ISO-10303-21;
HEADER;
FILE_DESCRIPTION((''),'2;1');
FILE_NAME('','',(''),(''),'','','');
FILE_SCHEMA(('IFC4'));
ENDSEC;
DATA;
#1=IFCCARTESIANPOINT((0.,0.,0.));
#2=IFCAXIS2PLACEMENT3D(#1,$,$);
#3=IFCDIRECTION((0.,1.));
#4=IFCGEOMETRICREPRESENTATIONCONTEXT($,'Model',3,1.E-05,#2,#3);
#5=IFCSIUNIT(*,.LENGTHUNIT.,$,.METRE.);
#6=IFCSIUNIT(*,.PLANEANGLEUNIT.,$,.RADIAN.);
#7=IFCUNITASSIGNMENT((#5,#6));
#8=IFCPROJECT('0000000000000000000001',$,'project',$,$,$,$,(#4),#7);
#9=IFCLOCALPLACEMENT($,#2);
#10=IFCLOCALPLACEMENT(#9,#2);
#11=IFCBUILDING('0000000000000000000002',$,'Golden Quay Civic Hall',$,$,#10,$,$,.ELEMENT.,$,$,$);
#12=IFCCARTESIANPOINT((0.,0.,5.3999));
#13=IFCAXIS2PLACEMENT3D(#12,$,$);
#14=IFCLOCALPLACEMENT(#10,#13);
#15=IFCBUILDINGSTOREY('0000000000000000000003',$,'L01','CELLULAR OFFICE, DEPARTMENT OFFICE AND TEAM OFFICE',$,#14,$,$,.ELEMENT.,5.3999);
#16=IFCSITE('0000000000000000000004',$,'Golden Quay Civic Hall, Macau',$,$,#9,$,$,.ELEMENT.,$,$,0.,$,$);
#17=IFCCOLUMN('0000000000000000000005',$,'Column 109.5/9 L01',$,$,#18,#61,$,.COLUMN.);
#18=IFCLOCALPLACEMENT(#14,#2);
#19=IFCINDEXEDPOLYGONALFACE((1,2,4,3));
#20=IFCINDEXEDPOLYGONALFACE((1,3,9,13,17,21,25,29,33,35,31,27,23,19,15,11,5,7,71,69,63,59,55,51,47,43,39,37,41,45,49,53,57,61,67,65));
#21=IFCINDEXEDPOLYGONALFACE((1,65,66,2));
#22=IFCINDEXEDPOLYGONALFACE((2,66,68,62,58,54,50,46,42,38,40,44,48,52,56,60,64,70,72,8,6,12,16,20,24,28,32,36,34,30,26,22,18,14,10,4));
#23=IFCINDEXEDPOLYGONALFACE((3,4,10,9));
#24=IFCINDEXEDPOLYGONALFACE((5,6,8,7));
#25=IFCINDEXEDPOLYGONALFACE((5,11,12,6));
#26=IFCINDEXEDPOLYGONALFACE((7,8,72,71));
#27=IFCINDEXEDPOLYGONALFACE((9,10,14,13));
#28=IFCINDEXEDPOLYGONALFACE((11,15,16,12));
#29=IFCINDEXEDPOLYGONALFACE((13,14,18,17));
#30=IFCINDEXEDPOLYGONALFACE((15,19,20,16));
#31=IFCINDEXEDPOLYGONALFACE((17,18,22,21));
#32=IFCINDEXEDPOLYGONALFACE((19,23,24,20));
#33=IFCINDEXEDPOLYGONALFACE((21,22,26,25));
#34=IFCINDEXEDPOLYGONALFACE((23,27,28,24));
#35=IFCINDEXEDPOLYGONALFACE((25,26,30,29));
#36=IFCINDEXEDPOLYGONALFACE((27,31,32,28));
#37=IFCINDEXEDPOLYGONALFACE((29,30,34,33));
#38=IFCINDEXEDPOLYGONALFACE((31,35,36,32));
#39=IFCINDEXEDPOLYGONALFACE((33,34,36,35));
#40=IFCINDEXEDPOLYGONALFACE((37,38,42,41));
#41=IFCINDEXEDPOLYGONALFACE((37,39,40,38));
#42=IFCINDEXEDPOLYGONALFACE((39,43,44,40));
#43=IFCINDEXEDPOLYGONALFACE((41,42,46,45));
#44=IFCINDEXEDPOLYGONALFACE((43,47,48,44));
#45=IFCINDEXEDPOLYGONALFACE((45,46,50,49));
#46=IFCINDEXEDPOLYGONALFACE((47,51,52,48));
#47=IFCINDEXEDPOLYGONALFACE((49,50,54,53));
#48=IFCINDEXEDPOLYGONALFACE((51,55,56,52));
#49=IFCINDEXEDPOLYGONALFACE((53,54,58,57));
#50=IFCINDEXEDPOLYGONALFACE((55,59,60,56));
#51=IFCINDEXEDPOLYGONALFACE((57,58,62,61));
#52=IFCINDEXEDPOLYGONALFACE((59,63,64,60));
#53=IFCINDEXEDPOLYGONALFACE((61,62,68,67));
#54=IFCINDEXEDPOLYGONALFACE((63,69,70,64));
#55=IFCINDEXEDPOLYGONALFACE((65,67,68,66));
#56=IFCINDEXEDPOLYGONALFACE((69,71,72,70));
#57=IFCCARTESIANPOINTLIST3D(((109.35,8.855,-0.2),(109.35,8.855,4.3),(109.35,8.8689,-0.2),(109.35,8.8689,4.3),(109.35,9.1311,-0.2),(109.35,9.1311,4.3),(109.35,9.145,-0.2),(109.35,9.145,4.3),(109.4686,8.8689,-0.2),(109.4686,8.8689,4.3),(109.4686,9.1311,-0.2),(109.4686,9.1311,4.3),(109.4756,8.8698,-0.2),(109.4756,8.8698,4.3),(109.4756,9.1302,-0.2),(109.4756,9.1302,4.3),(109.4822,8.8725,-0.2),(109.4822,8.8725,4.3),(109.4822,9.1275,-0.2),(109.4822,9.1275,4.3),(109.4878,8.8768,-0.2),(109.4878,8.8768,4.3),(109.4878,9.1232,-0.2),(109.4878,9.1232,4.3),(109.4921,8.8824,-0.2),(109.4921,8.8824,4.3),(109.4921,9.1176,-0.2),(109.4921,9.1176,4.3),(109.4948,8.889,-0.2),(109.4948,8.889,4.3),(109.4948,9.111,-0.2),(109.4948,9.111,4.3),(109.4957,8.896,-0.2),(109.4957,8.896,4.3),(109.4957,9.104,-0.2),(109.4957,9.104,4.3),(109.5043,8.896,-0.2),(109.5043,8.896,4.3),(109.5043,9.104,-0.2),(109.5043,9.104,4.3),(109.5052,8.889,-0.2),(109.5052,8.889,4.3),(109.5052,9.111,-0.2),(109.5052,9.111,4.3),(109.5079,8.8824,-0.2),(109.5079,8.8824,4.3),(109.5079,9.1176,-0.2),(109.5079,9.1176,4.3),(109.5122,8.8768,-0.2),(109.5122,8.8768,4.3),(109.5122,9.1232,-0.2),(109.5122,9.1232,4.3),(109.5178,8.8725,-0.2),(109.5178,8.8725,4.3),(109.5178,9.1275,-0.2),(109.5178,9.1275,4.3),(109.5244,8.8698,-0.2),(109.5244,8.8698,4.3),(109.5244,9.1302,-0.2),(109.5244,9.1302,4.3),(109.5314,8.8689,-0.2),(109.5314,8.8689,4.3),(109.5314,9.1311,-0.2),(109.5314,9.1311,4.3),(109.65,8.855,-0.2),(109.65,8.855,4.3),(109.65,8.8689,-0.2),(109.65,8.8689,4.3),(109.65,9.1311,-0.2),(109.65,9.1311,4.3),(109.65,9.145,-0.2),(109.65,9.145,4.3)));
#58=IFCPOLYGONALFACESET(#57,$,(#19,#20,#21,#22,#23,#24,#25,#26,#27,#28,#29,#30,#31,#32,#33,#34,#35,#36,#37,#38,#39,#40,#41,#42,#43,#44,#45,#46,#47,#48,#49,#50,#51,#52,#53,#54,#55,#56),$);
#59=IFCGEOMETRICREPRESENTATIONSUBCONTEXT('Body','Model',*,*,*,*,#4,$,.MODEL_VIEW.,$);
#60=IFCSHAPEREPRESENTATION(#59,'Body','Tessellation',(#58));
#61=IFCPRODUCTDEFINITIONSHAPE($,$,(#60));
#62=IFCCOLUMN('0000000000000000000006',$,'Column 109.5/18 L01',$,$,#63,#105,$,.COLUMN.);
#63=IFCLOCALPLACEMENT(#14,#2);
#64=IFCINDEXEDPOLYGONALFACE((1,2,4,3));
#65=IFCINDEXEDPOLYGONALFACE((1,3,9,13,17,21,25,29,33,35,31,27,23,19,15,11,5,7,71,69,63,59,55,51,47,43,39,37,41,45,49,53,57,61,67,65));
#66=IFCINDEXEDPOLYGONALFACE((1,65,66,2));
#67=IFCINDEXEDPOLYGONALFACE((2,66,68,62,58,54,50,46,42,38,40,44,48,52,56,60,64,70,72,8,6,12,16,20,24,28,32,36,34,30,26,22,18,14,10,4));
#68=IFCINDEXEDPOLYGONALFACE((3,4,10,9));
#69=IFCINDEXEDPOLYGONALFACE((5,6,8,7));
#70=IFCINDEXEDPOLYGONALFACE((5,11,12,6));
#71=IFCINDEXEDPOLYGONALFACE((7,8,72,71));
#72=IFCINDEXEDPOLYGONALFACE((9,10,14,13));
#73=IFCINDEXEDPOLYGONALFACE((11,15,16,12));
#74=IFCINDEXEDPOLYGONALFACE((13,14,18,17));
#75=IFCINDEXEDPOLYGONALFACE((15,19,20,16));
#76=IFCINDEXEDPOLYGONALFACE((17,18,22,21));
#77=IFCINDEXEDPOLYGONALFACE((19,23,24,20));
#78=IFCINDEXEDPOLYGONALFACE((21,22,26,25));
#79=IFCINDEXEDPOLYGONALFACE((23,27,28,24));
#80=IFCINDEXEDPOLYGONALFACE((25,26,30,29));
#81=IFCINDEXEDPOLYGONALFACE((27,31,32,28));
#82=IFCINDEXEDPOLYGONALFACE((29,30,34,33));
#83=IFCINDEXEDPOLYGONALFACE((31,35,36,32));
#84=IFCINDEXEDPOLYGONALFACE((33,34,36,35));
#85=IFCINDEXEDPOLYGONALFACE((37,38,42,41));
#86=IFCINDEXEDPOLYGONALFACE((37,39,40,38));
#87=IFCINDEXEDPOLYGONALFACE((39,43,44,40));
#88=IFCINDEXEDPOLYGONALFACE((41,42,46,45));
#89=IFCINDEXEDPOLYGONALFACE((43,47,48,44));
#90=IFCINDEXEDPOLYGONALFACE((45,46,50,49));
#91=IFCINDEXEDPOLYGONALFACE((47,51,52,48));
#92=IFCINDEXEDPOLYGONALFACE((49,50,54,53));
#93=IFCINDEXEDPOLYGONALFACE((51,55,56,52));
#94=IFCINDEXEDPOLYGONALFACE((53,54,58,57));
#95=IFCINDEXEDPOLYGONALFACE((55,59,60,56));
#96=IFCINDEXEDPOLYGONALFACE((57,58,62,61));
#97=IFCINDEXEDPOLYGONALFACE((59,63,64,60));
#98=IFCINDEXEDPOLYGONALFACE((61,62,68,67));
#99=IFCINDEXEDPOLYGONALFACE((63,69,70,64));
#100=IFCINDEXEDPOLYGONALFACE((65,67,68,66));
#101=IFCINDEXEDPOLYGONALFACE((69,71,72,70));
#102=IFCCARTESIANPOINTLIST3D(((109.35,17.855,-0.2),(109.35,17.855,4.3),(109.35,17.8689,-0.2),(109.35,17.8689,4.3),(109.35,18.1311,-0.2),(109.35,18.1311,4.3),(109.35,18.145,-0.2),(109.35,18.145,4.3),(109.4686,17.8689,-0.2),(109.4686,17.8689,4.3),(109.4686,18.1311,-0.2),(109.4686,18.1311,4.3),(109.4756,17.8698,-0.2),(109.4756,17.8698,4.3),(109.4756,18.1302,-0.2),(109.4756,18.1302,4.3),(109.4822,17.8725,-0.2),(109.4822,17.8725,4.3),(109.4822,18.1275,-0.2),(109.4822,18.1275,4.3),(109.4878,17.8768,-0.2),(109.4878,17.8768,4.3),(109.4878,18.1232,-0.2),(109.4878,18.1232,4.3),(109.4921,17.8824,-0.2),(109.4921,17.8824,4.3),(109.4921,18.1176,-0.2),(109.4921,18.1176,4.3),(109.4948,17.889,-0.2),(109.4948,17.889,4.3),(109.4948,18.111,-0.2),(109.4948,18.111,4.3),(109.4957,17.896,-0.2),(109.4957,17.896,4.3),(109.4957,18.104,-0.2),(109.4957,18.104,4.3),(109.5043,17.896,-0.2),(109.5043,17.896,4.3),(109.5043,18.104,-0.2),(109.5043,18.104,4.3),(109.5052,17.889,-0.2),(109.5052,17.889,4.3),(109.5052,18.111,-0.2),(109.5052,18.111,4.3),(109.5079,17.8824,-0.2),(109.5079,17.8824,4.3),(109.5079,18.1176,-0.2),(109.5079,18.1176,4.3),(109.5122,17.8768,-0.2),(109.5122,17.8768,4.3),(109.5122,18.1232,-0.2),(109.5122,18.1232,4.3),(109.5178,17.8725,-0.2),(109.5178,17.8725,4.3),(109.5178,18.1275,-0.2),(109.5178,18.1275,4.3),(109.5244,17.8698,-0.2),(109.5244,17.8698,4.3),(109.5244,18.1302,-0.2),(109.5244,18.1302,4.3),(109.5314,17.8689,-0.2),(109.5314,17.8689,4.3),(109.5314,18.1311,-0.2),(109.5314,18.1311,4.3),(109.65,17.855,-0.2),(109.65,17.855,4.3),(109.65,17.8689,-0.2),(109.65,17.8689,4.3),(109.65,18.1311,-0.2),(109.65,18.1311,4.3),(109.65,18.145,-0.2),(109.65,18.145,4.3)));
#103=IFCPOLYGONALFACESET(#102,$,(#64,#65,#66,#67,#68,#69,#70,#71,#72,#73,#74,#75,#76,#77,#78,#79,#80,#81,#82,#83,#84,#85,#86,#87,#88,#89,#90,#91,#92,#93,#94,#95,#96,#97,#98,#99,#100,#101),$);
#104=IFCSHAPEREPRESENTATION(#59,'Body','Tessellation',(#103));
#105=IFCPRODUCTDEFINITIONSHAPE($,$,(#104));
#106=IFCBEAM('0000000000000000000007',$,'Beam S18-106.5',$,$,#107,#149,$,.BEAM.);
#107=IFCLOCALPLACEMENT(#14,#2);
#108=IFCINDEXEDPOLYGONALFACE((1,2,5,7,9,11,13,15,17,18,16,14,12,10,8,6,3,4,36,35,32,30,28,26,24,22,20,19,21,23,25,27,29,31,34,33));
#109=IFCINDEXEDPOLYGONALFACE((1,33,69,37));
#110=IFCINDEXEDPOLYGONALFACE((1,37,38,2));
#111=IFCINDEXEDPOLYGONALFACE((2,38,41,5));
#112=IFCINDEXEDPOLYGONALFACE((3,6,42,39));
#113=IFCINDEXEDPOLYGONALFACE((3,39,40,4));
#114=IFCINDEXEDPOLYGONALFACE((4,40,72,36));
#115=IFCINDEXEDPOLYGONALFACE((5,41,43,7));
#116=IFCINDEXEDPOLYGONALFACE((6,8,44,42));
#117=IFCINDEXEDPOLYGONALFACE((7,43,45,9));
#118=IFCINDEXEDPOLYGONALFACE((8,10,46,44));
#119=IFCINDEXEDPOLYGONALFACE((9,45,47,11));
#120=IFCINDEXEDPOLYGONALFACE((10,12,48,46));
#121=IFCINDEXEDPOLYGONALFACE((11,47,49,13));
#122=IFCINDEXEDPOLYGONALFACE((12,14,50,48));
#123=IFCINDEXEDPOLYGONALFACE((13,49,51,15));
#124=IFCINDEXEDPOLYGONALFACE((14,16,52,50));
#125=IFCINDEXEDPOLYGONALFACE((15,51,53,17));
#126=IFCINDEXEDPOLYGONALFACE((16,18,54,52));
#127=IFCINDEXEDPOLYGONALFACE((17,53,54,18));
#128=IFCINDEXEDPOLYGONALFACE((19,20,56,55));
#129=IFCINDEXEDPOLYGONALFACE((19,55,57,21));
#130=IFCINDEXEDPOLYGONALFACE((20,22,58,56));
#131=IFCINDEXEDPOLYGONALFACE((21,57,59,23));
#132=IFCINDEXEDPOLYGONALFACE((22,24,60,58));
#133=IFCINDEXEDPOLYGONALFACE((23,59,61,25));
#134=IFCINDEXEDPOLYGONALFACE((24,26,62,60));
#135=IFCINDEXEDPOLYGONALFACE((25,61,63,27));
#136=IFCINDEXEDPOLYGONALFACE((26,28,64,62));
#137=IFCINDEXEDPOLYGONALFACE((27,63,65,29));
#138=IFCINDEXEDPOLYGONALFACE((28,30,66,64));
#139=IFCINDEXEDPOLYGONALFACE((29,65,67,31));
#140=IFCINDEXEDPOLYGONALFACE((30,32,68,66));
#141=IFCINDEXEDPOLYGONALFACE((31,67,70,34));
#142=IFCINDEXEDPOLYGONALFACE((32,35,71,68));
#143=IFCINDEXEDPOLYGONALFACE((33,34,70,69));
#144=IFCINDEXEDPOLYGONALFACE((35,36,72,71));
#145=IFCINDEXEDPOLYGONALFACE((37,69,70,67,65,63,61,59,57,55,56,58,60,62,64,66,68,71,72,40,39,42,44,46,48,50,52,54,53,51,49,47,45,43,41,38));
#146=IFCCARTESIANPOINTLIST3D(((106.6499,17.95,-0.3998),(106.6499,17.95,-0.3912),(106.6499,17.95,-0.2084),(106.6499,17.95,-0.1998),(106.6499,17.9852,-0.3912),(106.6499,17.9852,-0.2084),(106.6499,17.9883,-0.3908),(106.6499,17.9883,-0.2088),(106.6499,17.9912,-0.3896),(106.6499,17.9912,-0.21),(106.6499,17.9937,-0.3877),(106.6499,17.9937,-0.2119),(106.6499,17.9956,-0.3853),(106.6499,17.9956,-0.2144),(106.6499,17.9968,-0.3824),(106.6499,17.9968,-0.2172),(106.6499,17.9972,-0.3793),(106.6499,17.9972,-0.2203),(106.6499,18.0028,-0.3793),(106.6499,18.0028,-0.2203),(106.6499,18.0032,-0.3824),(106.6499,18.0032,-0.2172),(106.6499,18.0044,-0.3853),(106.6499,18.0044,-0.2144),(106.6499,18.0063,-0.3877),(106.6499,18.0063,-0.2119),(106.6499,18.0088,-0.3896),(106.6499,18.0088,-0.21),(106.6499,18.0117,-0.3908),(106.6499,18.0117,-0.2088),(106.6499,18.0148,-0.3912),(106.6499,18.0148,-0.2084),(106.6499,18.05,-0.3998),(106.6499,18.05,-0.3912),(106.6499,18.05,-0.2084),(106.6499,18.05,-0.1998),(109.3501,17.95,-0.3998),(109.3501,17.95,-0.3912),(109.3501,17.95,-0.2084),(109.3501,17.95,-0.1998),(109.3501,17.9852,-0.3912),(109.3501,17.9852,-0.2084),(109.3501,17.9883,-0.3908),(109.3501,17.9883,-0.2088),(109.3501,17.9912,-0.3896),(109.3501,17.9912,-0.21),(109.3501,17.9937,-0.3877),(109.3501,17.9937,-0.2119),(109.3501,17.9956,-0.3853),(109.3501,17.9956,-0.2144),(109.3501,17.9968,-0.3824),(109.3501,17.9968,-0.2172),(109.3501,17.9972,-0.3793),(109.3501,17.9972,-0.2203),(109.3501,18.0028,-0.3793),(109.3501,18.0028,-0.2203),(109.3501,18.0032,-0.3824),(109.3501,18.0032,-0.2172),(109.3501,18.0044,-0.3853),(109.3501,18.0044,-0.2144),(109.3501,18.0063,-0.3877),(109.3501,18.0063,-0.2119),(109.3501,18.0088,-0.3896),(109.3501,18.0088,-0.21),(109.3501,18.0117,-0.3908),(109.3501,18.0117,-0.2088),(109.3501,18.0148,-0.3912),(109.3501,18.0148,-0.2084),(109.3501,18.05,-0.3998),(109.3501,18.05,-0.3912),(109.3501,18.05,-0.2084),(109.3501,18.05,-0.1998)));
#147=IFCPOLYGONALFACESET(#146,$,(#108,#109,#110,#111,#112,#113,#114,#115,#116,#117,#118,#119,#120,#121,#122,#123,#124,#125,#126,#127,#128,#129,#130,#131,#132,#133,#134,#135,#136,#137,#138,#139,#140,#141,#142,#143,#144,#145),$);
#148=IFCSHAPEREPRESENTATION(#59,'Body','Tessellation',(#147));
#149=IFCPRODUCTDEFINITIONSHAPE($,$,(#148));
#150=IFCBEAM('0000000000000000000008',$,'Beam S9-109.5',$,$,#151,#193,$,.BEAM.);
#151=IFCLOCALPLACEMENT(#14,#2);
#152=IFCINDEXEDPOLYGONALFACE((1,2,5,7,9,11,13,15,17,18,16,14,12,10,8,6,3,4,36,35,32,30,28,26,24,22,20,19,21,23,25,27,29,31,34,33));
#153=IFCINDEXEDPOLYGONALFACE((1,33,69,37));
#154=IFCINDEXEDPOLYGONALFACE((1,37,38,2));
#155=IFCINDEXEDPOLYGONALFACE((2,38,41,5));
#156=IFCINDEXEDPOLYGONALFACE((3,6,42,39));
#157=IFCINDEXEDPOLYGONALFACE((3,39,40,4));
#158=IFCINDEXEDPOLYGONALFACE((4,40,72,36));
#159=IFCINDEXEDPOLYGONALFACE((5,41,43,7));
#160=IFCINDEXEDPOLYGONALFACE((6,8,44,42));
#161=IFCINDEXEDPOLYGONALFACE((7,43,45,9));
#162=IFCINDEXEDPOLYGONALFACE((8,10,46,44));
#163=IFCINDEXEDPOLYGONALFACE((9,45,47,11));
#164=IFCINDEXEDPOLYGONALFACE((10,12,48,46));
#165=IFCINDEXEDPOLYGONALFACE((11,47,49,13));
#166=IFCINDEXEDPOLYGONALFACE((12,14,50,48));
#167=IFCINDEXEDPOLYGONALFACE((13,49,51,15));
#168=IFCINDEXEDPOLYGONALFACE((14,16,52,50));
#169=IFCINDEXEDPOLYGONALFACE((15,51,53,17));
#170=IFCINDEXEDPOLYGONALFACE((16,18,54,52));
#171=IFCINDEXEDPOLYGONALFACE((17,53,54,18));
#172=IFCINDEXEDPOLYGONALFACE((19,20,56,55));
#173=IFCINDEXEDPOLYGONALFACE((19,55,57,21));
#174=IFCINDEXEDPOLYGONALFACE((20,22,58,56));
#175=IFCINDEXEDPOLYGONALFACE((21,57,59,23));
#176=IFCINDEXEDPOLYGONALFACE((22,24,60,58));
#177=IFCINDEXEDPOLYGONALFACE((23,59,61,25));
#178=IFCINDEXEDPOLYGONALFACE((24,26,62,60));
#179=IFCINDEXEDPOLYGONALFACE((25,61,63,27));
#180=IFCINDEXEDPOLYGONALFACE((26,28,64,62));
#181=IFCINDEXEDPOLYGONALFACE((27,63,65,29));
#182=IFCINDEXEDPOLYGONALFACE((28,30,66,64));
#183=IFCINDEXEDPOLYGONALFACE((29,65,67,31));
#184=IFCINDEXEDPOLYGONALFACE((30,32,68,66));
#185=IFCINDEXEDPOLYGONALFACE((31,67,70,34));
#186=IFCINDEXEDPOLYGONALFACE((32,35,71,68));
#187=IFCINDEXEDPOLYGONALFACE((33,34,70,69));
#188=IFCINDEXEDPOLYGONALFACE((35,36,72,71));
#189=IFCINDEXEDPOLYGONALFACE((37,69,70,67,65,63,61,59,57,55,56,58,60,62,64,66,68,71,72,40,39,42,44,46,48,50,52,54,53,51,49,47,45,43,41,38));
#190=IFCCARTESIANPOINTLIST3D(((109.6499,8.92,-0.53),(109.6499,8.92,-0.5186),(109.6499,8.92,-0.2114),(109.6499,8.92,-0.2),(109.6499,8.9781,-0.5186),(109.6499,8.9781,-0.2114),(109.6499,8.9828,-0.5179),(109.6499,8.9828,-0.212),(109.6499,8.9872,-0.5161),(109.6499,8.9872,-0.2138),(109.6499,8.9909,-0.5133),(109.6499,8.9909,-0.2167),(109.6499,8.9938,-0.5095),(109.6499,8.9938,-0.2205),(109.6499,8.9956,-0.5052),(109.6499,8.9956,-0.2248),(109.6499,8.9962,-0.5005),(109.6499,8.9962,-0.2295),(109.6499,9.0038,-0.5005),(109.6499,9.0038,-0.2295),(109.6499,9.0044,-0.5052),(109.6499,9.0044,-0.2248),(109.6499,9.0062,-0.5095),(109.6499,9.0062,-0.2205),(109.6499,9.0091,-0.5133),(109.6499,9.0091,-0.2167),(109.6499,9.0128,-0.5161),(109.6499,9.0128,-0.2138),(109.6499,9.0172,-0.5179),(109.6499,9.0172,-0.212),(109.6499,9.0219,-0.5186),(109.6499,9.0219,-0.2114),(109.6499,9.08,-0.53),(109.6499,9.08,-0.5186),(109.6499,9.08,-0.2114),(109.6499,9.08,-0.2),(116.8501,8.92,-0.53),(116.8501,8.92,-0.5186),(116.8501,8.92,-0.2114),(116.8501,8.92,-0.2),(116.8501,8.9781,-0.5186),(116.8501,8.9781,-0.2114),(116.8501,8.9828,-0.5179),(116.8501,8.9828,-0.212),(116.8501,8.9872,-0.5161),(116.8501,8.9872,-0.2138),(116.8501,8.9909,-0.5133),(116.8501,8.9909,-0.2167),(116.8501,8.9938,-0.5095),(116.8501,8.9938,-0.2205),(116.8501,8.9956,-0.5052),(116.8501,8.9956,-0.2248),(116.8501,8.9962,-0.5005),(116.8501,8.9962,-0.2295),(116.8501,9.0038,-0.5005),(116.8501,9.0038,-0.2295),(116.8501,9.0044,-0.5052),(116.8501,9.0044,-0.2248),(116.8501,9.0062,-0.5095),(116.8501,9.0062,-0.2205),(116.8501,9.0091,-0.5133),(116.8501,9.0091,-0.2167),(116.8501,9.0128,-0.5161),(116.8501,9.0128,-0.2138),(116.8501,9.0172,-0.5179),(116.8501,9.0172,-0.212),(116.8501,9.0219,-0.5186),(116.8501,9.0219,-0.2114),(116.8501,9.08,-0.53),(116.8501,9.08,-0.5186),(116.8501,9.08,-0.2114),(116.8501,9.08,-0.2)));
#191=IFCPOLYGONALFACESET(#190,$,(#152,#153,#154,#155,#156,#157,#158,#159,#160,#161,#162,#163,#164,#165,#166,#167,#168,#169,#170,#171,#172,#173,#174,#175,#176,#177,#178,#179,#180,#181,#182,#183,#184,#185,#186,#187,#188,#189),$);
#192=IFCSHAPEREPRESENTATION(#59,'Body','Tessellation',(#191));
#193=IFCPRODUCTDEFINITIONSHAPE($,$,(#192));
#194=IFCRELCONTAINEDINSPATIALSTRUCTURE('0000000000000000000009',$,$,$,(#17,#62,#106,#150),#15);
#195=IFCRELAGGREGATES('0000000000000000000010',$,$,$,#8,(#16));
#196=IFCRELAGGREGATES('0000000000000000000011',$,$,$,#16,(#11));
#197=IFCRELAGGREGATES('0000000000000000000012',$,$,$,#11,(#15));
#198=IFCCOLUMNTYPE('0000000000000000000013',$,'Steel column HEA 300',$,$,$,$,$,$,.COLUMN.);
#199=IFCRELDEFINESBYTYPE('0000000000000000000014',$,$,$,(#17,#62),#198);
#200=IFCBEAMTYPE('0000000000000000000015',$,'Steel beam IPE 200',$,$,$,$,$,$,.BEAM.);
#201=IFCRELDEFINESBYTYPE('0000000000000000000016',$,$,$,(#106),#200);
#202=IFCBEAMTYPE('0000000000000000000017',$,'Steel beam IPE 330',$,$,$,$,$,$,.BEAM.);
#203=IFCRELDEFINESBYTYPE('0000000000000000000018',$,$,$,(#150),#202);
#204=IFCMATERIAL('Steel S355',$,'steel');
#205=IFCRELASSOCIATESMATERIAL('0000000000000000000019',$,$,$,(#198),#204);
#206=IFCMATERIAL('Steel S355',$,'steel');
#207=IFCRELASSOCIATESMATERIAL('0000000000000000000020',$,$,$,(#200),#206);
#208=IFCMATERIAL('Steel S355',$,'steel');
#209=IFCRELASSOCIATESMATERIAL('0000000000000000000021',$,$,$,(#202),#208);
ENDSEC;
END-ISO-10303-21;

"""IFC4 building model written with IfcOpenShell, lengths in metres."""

from ifc_helpers import new_model, si_unit, direction, frame, origin, origin_2d, place, context, subcontext, project, spatial, i_section, extrude, material, material_profile, profile_set, type_object, element, save


model = new_model("IFC4")

# Units and contexts
model_context = context("Model", 3, precision=1e-05, world=origin(), true_north=direction((0.0, 1.0)))
body_context = subcontext(model_context, "Body", "Model", "MODEL_VIEW")
ifc_project = project(units=[si_unit("LENGTHUNIT", "METRE"), si_unit("PLANEANGLEUNIT", "RADIAN")], contexts=[model_context])

# Site, building, storey
site_placement = place(None, origin())
site = spatial("IfcSite", under=ifc_project, at=site_placement, Name="Golden Quay Civic Hall, Macau", CompositionType="ELEMENT", RefElevation=0.0)
building_placement = place(site_placement, origin())
building = spatial("IfcBuilding", under=site, at=building_placement, Name="Golden Quay Civic Hall", CompositionType="ELEMENT")
storey_placement = place(building_placement, frame((0.0, 0.0, 5.3999)))
storey = spatial("IfcBuildingStorey", under=building, at=storey_placement, Name="L01", Description="CELLULAR OFFICE, DEPARTMENT OFFICE AND TEAM OFFICE", CompositionType="ELEMENT", Elevation=5.3999)

# Columns
ifc_material_1 = material(Name="Steel S355", Category="steel")
ifc_material_profile_1 = material_profile(ifc_material_1, i_section(OverallWidth=0.3, OverallDepth=0.29, WebThickness=0.0085, FlangeThickness=0.0139, FilletRadius=0.0271, at=origin_2d()), Name="HEA 300")
ifc_profile_set_1 = profile_set([ifc_material_profile_1], Name="Steel S355")
column_type = type_object("IfcColumnType", Name="Steel column HEA 300", PredefinedType="COLUMN", material=ifc_profile_set_1)
for number, where, z_axis, x_axis, name in (
    (1, (109.5, 9.0, -0.2), (0.0, 0.0, 1.0), (1.0, 0.0, 0.0), "Column 109.5/9 L01"),
    (2, (109.5, 18.0, -0.2), (0.0, 0.0, 1.0), (1.0, 0.0, 0.0), "Column 109.5/18 L01"),
):
    element("IfcColumn", number, at=place(storey_placement, frame(where, z_axis=z_axis, x_axis=x_axis)), inside=storey, type_object=column_type, Name=name, PredefinedType="COLUMN", context=body_context, shape_type="SweptSolid", body=[
        extrude(i_section(OverallWidth=0.3, OverallDepth=0.29, WebThickness=0.0085, FlangeThickness=0.0139, FilletRadius=0.0271, at=origin_2d()), origin(), (0.0, 0.0, 1.0), 4.5),
    ])

# Beams
ifc_material_2 = material(Name="Steel S355", Category="steel")
ifc_material_profile_2 = material_profile(ifc_material_2, i_section(OverallWidth=0.1001, OverallDepth=0.2, WebThickness=0.0056, FlangeThickness=0.0085, FilletRadius=0.012, at=origin_2d()), Name="IPE 200")
ifc_profile_set_2 = profile_set([ifc_material_profile_2], Name="Steel S355")
beam_type_1 = type_object("IfcBeamType", Name="Steel beam IPE 200", PredefinedType="BEAM", material=ifc_profile_set_2)
beam_placement = place(storey_placement, frame((106.6499, 18.0, -0.2998), z_axis=(1.0, 0.0, 0.0), x_axis=(0.0, 1.0, 0.0)))
element("IfcBeam", 3, at=beam_placement, inside=storey, type_object=beam_type_1, Name="Beam S18-106.5", PredefinedType="BEAM", context=body_context, shape_type="SweptSolid", body=[
    extrude(i_section(OverallWidth=0.1001, OverallDepth=0.2, WebThickness=0.0056, FlangeThickness=0.0085, FilletRadius=0.012, at=origin_2d()), origin(), (0.0, 0.0, 1.0), 2.7002),
])
ifc_material_3 = material(Name="Steel S355", Category="steel")
ifc_material_profile_3 = material_profile(ifc_material_3, i_section(OverallWidth=0.1599, OverallDepth=0.3301, WebThickness=0.0076, FlangeThickness=0.0115, FilletRadius=0.0181, at=origin_2d()), Name="IPE 330")
ifc_profile_set_3 = profile_set([ifc_material_profile_3], Name="Steel S355")
beam_type_2 = type_object("IfcBeamType", Name="Steel beam IPE 330", PredefinedType="BEAM", material=ifc_profile_set_3)
for number, where, z_axis, x_axis, name in (
    (4, (109.6499, 9.0, -0.365), (1.0, 0.0, 0.0), (0.0, 1.0, 0.0), "Beam S9-109.5"),
):
    element("IfcBeam", number, at=place(storey_placement, frame(where, z_axis=z_axis, x_axis=x_axis)), inside=storey, type_object=beam_type_2, Name=name, PredefinedType="BEAM", context=body_context, shape_type="SweptSolid", body=[
        extrude(i_section(OverallWidth=0.1599, OverallDepth=0.3301, WebThickness=0.0076, FlangeThickness=0.0115, FilletRadius=0.0181, at=origin_2d()), origin(), (0.0, 0.0, 1.0), 7.2002),
    ])

save(model, "model.ifc")
